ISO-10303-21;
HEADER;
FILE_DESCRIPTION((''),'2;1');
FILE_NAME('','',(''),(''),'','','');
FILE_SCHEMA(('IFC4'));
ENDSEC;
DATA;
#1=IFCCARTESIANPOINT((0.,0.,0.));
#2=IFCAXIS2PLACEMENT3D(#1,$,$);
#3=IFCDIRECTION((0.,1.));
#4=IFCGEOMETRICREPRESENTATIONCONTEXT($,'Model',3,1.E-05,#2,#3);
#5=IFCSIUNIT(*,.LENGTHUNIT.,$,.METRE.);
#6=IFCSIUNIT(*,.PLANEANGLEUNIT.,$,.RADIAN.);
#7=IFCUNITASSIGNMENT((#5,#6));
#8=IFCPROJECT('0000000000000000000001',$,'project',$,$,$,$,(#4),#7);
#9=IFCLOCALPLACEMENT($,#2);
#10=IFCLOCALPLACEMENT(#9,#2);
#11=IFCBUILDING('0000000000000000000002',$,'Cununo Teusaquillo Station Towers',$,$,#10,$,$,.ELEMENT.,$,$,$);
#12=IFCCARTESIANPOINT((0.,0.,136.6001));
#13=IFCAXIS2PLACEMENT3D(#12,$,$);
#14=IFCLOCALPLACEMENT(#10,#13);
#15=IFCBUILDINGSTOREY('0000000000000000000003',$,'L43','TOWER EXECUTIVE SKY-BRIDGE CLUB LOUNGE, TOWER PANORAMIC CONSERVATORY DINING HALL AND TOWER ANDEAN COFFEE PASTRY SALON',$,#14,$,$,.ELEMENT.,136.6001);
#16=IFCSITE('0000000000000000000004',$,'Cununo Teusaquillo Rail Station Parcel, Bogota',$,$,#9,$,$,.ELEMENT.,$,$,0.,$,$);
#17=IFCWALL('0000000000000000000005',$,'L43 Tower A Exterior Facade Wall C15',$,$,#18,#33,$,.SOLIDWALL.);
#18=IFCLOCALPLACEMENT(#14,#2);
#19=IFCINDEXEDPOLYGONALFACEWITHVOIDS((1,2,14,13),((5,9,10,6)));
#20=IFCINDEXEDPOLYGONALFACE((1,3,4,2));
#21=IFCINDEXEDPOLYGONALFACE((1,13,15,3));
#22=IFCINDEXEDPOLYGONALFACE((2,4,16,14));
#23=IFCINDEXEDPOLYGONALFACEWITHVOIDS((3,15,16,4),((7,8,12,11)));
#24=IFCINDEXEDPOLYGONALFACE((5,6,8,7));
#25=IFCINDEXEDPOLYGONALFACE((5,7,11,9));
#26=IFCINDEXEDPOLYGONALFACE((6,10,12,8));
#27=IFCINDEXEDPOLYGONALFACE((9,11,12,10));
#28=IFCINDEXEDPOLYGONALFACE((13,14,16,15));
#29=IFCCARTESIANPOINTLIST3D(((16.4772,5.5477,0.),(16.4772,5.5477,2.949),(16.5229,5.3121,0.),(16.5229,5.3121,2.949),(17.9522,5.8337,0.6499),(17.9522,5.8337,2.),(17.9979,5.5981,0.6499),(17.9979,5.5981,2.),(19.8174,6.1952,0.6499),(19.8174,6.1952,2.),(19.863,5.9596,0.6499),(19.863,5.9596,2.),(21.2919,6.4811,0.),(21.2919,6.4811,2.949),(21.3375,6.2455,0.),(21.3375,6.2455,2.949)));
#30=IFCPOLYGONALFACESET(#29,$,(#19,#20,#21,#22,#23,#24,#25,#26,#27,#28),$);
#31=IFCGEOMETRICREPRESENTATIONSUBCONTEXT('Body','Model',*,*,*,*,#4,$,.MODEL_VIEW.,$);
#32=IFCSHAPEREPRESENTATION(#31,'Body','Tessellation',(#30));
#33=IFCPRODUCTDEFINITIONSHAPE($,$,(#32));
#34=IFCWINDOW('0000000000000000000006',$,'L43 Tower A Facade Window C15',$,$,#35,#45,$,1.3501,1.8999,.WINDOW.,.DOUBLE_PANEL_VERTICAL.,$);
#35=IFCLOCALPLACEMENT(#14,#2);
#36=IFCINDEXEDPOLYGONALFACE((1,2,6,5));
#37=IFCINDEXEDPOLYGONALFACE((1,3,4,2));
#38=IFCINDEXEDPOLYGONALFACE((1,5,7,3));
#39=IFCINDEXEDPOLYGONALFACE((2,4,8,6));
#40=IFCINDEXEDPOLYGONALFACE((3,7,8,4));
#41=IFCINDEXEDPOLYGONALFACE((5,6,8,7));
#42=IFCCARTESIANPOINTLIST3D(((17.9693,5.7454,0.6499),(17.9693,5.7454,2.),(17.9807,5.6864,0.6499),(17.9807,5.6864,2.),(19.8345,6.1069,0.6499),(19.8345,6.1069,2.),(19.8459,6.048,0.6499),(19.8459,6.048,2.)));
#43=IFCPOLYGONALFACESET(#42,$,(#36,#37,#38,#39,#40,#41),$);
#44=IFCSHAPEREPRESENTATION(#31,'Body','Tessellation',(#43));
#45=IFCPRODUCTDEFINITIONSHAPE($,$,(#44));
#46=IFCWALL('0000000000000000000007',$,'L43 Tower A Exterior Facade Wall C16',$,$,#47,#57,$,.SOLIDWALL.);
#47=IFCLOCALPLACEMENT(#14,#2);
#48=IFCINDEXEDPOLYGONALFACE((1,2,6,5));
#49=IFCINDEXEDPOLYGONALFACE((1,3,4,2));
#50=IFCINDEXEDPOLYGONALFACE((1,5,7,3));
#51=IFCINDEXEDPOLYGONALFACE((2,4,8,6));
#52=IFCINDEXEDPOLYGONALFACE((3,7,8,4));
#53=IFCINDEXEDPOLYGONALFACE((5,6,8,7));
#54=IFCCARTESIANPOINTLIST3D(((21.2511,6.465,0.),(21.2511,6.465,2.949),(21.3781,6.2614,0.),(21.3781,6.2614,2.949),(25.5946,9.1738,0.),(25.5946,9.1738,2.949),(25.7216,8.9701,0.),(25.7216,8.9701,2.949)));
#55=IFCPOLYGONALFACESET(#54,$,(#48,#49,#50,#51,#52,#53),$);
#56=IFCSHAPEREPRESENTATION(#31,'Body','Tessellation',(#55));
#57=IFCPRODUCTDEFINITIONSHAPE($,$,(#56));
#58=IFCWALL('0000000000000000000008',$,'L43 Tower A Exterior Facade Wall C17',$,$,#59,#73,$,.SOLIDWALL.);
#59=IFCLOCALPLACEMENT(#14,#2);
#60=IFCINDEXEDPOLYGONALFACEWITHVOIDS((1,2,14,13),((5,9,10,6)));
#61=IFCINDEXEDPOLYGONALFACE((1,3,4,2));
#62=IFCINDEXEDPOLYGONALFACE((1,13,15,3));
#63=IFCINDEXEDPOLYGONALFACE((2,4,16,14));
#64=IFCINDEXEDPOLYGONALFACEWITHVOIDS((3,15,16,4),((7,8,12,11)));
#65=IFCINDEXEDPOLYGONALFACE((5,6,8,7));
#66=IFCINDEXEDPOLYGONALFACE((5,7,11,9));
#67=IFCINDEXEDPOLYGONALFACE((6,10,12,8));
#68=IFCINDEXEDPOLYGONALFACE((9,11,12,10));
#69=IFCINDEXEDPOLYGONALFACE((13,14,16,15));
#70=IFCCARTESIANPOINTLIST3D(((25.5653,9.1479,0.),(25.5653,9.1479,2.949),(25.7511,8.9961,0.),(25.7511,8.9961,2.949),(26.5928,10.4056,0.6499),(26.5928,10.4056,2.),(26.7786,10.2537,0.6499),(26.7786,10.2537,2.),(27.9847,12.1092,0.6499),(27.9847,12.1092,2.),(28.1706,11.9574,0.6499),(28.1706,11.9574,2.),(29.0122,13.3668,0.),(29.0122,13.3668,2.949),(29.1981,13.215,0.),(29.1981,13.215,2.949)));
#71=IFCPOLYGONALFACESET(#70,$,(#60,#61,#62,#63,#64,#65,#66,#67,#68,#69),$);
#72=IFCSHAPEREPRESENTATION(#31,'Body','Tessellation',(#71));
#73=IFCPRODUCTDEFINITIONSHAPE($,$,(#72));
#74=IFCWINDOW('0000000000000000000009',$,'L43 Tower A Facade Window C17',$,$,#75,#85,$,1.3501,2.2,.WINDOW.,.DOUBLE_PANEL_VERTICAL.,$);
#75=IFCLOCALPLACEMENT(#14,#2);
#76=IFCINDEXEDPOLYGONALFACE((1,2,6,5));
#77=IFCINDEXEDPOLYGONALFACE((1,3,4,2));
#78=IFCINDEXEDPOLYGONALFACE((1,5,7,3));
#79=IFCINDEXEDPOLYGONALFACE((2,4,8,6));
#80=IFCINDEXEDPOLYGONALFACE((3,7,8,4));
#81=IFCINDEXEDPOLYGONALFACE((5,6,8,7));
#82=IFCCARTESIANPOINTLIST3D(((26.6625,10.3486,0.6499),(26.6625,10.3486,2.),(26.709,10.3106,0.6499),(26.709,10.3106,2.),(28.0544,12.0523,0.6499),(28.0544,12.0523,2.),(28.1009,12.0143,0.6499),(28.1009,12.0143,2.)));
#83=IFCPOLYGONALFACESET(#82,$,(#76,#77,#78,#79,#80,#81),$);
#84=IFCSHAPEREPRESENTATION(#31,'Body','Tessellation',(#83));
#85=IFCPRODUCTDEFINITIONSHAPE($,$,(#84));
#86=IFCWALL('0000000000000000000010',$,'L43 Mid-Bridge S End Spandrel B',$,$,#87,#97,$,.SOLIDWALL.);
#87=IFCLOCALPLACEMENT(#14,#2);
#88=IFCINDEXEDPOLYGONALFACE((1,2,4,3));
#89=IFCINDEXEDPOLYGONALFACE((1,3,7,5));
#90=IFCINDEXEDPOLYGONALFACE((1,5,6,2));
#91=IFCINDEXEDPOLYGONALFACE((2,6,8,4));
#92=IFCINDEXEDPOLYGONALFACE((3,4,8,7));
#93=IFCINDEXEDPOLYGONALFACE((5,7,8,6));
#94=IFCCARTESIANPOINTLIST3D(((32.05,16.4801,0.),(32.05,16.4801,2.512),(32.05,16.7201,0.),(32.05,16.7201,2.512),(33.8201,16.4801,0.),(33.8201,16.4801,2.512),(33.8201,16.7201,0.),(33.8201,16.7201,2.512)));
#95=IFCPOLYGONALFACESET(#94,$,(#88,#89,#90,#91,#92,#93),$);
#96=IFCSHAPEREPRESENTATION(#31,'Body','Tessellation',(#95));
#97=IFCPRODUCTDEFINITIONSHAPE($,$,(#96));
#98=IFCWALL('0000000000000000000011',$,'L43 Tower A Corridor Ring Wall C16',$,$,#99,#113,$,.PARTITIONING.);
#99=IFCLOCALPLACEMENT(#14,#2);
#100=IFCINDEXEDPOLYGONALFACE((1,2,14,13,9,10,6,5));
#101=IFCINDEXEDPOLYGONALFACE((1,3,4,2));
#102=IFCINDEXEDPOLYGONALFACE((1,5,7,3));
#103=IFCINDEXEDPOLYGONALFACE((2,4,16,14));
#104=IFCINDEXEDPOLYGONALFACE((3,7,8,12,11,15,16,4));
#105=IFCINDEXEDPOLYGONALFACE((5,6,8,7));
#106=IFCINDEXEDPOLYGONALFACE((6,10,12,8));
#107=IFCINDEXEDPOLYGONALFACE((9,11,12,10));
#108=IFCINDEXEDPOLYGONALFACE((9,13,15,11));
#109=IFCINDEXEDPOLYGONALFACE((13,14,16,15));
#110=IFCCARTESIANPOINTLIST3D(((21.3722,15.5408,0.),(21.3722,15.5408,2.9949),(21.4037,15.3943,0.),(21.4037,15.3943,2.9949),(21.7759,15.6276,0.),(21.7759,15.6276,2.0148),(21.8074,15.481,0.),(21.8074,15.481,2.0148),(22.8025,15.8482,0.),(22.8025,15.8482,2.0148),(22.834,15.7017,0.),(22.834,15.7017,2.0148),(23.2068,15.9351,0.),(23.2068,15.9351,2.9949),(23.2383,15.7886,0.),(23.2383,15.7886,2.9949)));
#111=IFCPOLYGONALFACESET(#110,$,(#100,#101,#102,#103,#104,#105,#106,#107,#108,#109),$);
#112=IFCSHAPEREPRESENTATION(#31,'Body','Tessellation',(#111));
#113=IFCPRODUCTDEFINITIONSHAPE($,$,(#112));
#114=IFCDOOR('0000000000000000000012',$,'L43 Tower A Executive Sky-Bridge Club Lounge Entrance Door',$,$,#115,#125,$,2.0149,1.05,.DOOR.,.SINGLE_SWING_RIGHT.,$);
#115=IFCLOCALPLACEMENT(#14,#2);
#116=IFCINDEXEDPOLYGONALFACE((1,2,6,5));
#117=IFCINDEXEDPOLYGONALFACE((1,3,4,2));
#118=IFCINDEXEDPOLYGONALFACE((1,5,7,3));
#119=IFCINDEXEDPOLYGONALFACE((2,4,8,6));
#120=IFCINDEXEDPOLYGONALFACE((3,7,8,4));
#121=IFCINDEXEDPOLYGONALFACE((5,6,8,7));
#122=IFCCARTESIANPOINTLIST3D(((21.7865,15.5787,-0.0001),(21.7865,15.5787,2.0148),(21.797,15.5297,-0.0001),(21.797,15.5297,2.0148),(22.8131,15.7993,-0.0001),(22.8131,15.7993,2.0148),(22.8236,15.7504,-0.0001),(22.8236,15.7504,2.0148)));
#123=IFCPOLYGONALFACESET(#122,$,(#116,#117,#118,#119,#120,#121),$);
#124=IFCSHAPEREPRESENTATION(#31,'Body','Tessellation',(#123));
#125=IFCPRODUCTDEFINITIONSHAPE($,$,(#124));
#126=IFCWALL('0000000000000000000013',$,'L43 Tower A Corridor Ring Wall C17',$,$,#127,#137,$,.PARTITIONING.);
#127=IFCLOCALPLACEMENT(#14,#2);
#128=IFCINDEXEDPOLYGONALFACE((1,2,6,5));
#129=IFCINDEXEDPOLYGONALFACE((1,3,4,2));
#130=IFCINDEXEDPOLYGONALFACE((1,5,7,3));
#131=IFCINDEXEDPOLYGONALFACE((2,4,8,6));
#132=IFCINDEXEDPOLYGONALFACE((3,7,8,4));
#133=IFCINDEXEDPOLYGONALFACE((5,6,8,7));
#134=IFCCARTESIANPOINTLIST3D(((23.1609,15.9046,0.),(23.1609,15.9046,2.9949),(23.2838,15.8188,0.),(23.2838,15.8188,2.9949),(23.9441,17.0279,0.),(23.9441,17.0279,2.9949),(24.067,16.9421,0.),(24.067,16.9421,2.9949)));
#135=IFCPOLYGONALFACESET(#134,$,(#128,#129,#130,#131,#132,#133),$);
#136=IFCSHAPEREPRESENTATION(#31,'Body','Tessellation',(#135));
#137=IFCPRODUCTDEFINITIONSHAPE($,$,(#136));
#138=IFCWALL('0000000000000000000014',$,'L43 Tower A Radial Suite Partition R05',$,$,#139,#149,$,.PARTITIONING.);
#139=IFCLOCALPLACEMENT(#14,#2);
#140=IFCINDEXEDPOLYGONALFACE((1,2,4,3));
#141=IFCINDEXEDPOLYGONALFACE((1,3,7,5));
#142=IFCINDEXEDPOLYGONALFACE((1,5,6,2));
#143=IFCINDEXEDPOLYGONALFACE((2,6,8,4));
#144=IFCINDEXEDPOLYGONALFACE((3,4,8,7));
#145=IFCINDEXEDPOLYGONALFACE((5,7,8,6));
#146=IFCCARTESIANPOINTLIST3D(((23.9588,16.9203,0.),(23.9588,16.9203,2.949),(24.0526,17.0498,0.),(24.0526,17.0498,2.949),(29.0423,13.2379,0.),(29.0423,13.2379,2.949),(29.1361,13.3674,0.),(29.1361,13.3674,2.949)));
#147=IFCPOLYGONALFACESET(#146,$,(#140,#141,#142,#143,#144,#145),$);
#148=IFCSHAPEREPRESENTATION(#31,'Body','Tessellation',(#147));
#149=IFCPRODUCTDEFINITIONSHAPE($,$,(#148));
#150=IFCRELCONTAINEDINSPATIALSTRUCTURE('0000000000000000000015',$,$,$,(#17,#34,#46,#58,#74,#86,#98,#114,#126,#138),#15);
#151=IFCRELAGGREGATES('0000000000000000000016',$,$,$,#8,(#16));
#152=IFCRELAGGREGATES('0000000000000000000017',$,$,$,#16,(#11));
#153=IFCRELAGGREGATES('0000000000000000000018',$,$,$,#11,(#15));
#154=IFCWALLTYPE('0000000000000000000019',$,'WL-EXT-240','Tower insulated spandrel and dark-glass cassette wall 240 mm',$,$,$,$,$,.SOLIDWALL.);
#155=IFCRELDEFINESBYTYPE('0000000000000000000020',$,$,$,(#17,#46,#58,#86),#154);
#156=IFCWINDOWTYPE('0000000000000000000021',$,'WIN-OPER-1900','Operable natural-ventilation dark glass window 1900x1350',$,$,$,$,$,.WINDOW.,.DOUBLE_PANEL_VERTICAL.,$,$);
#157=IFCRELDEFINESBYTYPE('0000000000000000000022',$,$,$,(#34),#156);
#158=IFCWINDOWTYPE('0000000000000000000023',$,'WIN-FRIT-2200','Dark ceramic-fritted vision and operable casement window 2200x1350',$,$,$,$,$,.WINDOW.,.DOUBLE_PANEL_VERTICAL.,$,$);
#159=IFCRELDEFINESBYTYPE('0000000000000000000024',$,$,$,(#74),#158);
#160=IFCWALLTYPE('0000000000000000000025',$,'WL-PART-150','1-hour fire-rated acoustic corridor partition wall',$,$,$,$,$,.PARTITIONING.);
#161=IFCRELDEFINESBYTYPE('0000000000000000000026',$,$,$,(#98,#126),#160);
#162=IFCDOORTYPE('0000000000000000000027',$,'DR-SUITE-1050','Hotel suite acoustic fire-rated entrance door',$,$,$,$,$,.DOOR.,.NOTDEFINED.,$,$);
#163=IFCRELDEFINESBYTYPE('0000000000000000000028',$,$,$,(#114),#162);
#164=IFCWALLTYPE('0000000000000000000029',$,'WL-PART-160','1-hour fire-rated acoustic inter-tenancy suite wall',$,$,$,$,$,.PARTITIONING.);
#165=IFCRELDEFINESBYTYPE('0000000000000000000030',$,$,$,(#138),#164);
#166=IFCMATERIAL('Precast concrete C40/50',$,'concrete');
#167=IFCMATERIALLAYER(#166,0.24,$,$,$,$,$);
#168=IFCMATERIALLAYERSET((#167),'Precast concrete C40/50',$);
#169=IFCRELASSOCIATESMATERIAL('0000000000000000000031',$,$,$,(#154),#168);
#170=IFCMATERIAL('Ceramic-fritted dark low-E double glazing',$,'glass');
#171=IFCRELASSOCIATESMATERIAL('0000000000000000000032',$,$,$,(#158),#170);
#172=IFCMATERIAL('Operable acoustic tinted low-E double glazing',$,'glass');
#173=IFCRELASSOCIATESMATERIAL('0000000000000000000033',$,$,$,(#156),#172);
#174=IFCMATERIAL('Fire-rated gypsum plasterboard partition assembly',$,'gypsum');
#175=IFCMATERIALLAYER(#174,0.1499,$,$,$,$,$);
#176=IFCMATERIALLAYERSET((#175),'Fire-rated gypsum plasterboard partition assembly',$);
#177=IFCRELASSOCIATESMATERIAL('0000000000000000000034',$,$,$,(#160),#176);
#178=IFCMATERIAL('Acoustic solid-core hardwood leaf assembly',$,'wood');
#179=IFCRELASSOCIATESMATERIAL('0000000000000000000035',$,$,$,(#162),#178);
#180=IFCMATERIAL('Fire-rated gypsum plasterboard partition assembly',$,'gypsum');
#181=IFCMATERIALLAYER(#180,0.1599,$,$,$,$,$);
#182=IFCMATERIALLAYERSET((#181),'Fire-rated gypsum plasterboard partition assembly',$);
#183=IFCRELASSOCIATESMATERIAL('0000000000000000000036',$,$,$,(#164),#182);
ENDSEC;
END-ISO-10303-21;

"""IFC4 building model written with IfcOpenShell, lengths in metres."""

from ifc_helpers import new_model, si_unit, direction, frame, frame_2d, origin, place, context, subcontext, project, spatial, rectangle, extrude, source, transform, mapped, material, layer, layer_set, type_object, element, fill, save


model = new_model("IFC4")

# Units and contexts
model_context = context("Model", 3, precision=1e-05, world=origin(), true_north=direction((0.0, 1.0)))
body_context = subcontext(model_context, "Body", "Model", "MODEL_VIEW")
ifc_project = project(units=[si_unit("LENGTHUNIT", "METRE"), si_unit("PLANEANGLEUNIT", "RADIAN")], contexts=[model_context])

# Site, building, storey
site_placement = place(None, origin())
site = spatial("IfcSite", under=ifc_project, at=site_placement, Name="Cununo Teusaquillo Rail Station Parcel, Bogota", CompositionType="ELEMENT", RefElevation=0.0)
building_placement = place(site_placement, origin())
building = spatial("IfcBuilding", under=site, at=building_placement, Name="Cununo Teusaquillo Station Towers", CompositionType="ELEMENT")
storey_placement = place(building_placement, frame((0.0, 0.0, 136.6001)))
storey = spatial("IfcBuildingStorey", under=building, at=storey_placement, Name="L43", Description="TOWER EXECUTIVE SKY-BRIDGE CLUB LOUNGE, TOWER PANORAMIC CONSERVATORY DINING HALL AND TOWER ANDEAN COFFEE PASTRY SALON", CompositionType="ELEMENT", Elevation=136.6001)

# Wall, opening, window
ifc_material_1 = material(Name="Precast concrete C40/50", Category="concrete")
ifc_layer_1 = layer(ifc_material_1, 0.24)
ifc_layer_set_1 = layer_set([ifc_layer_1], Name="Precast concrete C40/50")
wall_type_1 = type_object("IfcWallType", Name="WL-EXT-240", Description="Tower insulated spandrel and dark-glass cassette wall 240 mm", PredefinedType="SOLIDWALL", material=ifc_layer_set_1)
shared_shape_1 = source(origin(), body_context, "Body", "SweptSolid", [
    extrude(rectangle(XDim=2.2, YDim=1.3501, at=frame_2d((1.1001, 0.675))), frame((0.0, 0.1299, 0.0), z_axis=(0.0, -1.0, 0.0), x_axis=(1.0, 0.0, 0.0)), (0.0, 0.0, 1.0), 0.26),
])
ifc_material_2 = material(Name="Ceramic-fritted dark low-E double glazing", Category="glass")
window_type_1 = type_object("IfcWindowType", Name="WIN-FRIT-2200", Description="Dark ceramic-fritted vision and operable casement window 2200x1350", PartitioningType="DOUBLE_PANEL_VERTICAL", PredefinedType="WINDOW", material=ifc_material_2)
shared_shape_2 = source(origin(), body_context, "Body", "SweptSolid", [
    extrude(rectangle(XDim=2.2, YDim=1.3501, at=frame_2d((1.1001, 0.675))), frame((0.0, 0.03, 0.0), z_axis=(0.0, -1.0, 0.0), x_axis=(1.0, 0.0, 0.0)), (0.0, 0.0, 1.0), 0.0601),
])
wall_1_placement = place(storey_placement, frame((21.3147, 6.3633, 0.0), z_axis=(0.0, 0.0, 1.0), x_axis=(-0.981724, -0.190311, 0.0)))
wall_1 = element("IfcWall", 1, at=wall_1_placement, inside=storey, type_object=wall_type_1, Name="L43 Tower A Exterior Facade Wall C15", PredefinedType="SOLIDWALL", context=body_context, shape_type="SweptSolid", body=[
    extrude(rectangle(XDim=4.9043, YDim=0.24, at=frame_2d((2.4521, 0.0))), origin(), (0.0, 0.0, 1.0), 2.949),
])
shared_shape_3 = source(origin(), body_context, "Body", "SweptSolid", [
    extrude(rectangle(XDim=1.8999, YDim=1.3501, at=frame_2d((0.95, 0.675))), frame((0.0, 0.1299, 0.0), z_axis=(0.0, -1.0, 0.0), x_axis=(1.0, 0.0, 0.0)), (0.0, 0.0, 1.0), 0.26),
])
opening_1_placement = place(wall_1_placement, frame((1.502, 0.0, 0.6499)))
opening_1 = element("IfcOpeningElement", 2, at=opening_1_placement, cuts=wall_1, PredefinedType="OPENING", context=body_context, shape_type="MappedRepresentation", body=[
    mapped(shared_shape_3, transform((0.0, 0.0, 0.0), x_axis=(1.0, 0.0, 0.0), y_axis=(0.0, 1.0, 0.0), z_axis=(0.0, 0.0, 1.0), scale=1.0)),
])
ifc_material_3 = material(Name="Operable acoustic tinted low-E double glazing", Category="glass")
window_type_2 = type_object("IfcWindowType", Name="WIN-OPER-1900", Description="Operable natural-ventilation dark glass window 1900x1350", PartitioningType="DOUBLE_PANEL_VERTICAL", PredefinedType="WINDOW", material=ifc_material_3)
shared_shape_4 = source(origin(), body_context, "Body", "SweptSolid", [
    extrude(rectangle(XDim=1.8999, YDim=1.3501, at=frame_2d((0.95, 0.675))), frame((0.0, 0.03, 0.0), z_axis=(0.0, -1.0, 0.0), x_axis=(1.0, 0.0, 0.0)), (0.0, 0.0, 1.0), 0.0601),
])
window_1_placement = place(opening_1_placement, origin())
window_1 = element("IfcWindow", 3, at=window_1_placement, inside=storey, type_object=window_type_2, Name="L43 Tower A Facade Window C15", OverallHeight=1.3501, OverallWidth=1.8999, PartitioningType="DOUBLE_PANEL_VERTICAL", PredefinedType="WINDOW", context=body_context, shape_type="MappedRepresentation", body=[
    mapped(shared_shape_4, transform((0.0, 0.0, 0.0), x_axis=(1.0, 0.0, 0.0), y_axis=(0.0, 1.0, 0.0), z_axis=(0.0, 0.0, 1.0), scale=1.0)),
])
fill(opening_1, window_1)

# Wall
wall_2_placement = place(storey_placement, frame((25.6582, 9.072, 0.0), z_axis=(0.0, 0.0, 1.0), x_axis=(-0.84852, -0.529163, 0.0)))
element("IfcWall", 4, at=wall_2_placement, inside=storey, type_object=wall_type_1, Name="L43 Tower A Exterior Facade Wall C16", PredefinedType="SOLIDWALL", context=body_context, shape_type="SweptSolid", body=[
    extrude(rectangle(XDim=5.1189, YDim=0.24, at=frame_2d((2.5596, 0.0))), origin(), (0.0, 0.0, 1.0), 2.949),
])

# Wall, opening, window
wall_3_placement = place(storey_placement, frame((29.1052, 13.291, 0.0), z_axis=(0.0, 0.0, 1.0), x_axis=(-0.632701, -0.774396, 0.0)))
wall_3 = element("IfcWall", 5, at=wall_3_placement, inside=storey, type_object=wall_type_1, Name="L43 Tower A Exterior Facade Wall C17", PredefinedType="SOLIDWALL", context=body_context, shape_type="SweptSolid", body=[
    extrude(rectangle(XDim=5.448, YDim=0.24, at=frame_2d((2.7241, 0.0))), origin(), (0.0, 0.0, 1.0), 2.949),
])
opening_2_placement = place(wall_3_placement, frame((1.624, 0.0, 0.6499)))
opening_2 = element("IfcOpeningElement", 6, at=opening_2_placement, cuts=wall_3, PredefinedType="OPENING", context=body_context, shape_type="MappedRepresentation", body=[
    mapped(shared_shape_1, transform((0.0, 0.0, 0.0), x_axis=(1.0, 0.0, 0.0), y_axis=(0.0, 1.0, 0.0), z_axis=(0.0, 0.0, 1.0), scale=1.0)),
])
window_2_placement = place(opening_2_placement, origin())
window_2 = element("IfcWindow", 7, at=window_2_placement, inside=storey, type_object=window_type_1, Name="L43 Tower A Facade Window C17", OverallHeight=1.3501, OverallWidth=2.2, PartitioningType="DOUBLE_PANEL_VERTICAL", PredefinedType="WINDOW", context=body_context, shape_type="MappedRepresentation", body=[
    mapped(shared_shape_2, transform((0.0, 0.0, 0.0), x_axis=(1.0, 0.0, 0.0), y_axis=(0.0, 1.0, 0.0), z_axis=(0.0, 0.0, 1.0), scale=1.0)),
])
fill(opening_2, window_2)

# Wall
wall_4_placement = place(storey_placement, frame((33.8201, 16.6001, 0.0), z_axis=(0.0, 0.0, 1.0), x_axis=(-1.0, 0.0, 0.0)))
element("IfcWall", 8, at=wall_4_placement, inside=storey, type_object=wall_type_1, Name="L43 Mid-Bridge S End Spandrel B", PredefinedType="SOLIDWALL", context=body_context, shape_type="SweptSolid", body=[
    extrude(rectangle(XDim=1.77, YDim=0.24, at=frame_2d((0.885, 0.0))), origin(), (0.0, 0.0, 1.0), 2.512),
])

# Wall, opening, door
ifc_material_4 = material(Name="Fire-rated gypsum plasterboard partition assembly", Category="gypsum")
ifc_layer_2 = layer(ifc_material_4, 0.1499)
ifc_layer_set_2 = layer_set([ifc_layer_2], Name="Fire-rated gypsum plasterboard partition assembly")
wall_type_2 = type_object("IfcWallType", Name="WL-PART-150", Description="1-hour fire-rated acoustic corridor partition wall", PredefinedType="PARTITIONING", material=ifc_layer_set_2)
wall_5_placement = place(storey_placement, frame((21.3879, 15.4675, 0.0), z_axis=(0.0, 0.0, 1.0), x_axis=(0.977673, 0.210133, 0.0)))
wall_5 = element("IfcWall", 9, at=wall_5_placement, inside=storey, type_object=wall_type_2, Name="L43 Tower A Corridor Ring Wall C16", PredefinedType="PARTITIONING", context=body_context, shape_type="SweptSolid", body=[
    extrude(rectangle(XDim=1.8765, YDim=0.1499, at=frame_2d((0.9382, 0.0))), origin(), (0.0, 0.0, 1.0), 2.9949),
])
shared_shape_5 = source(origin(), body_context, "Body", "SweptSolid", [
    extrude(rectangle(XDim=1.05, YDim=2.0149, at=frame_2d((0.5249, 1.0073))), frame((0.0, 0.085, 0.0), z_axis=(0.0, -1.0, 0.0), x_axis=(1.0, 0.0, 0.0)), (0.0, 0.0, 1.0), 0.1699),
])
opening_3_placement = place(wall_5_placement, frame((0.4131, 0.0, 0.0)))
opening_3 = element("IfcOpeningElement", 10, at=opening_3_placement, cuts=wall_5, PredefinedType="OPENING", context=body_context, shape_type="MappedRepresentation", body=[
    mapped(shared_shape_5, transform((0.0, 0.0, 0.0), x_axis=(1.0, 0.0, 0.0), y_axis=(0.0, 1.0, 0.0), z_axis=(0.0, 0.0, 1.0), scale=1.0)),
])
ifc_material_5 = material(Name="Acoustic solid-core hardwood leaf assembly", Category="wood")
door_type = type_object("IfcDoorType", Name="DR-SUITE-1050", Description="Hotel suite acoustic fire-rated entrance door", OperationType="NOTDEFINED", PredefinedType="DOOR", material=ifc_material_5)
shared_shape_6 = source(origin(), body_context, "Body", "SweptSolid", [
    extrude(rectangle(XDim=1.05, YDim=2.0149, at=frame_2d((0.5249, 1.0073))), frame((0.0, 0.0249, 0.0), z_axis=(0.0, -1.0, 0.0), x_axis=(1.0, 0.0, 0.0)), (0.0, 0.0, 1.0), 0.05),
])
door_placement = place(opening_3_placement, origin())
door = element("IfcDoor", 11, at=door_placement, inside=storey, type_object=door_type, Name="L43 Tower A Executive Sky-Bridge Club Lounge Entrance Door", OperationType="SINGLE_SWING_RIGHT", OverallHeight=2.0149, OverallWidth=1.05, PredefinedType="DOOR", context=body_context, shape_type="MappedRepresentation", body=[
    mapped(shared_shape_6, transform((0.0, 0.0, 0.0), x_axis=(1.0, 0.0, 0.0), y_axis=(0.0, 1.0, 0.0), z_axis=(0.0, 0.0, 1.0), scale=1.0)),
])
fill(opening_3, door)

# Walls
wall_6_placement = place(storey_placement, frame((23.2224, 15.8618, 0.0), z_axis=(0.0, 0.0, 1.0), x_axis=(0.571942, 0.820294, 0.0)))
element("IfcWall", 12, at=wall_6_placement, inside=storey, type_object=wall_type_2, Name="L43 Tower A Corridor Ring Wall C17", PredefinedType="PARTITIONING", context=body_context, shape_type="SweptSolid", body=[
    extrude(rectangle(XDim=1.3694, YDim=0.1499, at=frame_2d((0.6846, 0.0))), origin(), (0.0, 0.0, 1.0), 2.9949),
])
ifc_material_6 = material(Name="Fire-rated gypsum plasterboard partition assembly", Category="gypsum")
ifc_layer_3 = layer(ifc_material_6, 0.1599)
ifc_layer_set_3 = layer_set([ifc_layer_3], Name="Fire-rated gypsum plasterboard partition assembly")
wall_type_3 = type_object("IfcWallType", Name="WL-PART-160", Description="1-hour fire-rated acoustic inter-tenancy suite wall", PredefinedType="PARTITIONING", material=ifc_layer_set_3)
wall_7_placement = place(storey_placement, frame((24.0056, 16.9851, 0.0), z_axis=(0.0, 0.0, 1.0), x_axis=(0.80985, -0.586637, 0.0)))
element("IfcWall", 13, at=wall_7_placement, inside=storey, type_object=wall_type_3, Name="L43 Tower A Radial Suite Partition R05", PredefinedType="PARTITIONING", context=body_context, shape_type="SweptSolid", body=[
    extrude(rectangle(XDim=6.2771, YDim=0.1599, at=frame_2d((3.1387, 0.0))), origin(), (0.0, 0.0, 1.0), 2.949),
])

save(model, "model.ifc")
